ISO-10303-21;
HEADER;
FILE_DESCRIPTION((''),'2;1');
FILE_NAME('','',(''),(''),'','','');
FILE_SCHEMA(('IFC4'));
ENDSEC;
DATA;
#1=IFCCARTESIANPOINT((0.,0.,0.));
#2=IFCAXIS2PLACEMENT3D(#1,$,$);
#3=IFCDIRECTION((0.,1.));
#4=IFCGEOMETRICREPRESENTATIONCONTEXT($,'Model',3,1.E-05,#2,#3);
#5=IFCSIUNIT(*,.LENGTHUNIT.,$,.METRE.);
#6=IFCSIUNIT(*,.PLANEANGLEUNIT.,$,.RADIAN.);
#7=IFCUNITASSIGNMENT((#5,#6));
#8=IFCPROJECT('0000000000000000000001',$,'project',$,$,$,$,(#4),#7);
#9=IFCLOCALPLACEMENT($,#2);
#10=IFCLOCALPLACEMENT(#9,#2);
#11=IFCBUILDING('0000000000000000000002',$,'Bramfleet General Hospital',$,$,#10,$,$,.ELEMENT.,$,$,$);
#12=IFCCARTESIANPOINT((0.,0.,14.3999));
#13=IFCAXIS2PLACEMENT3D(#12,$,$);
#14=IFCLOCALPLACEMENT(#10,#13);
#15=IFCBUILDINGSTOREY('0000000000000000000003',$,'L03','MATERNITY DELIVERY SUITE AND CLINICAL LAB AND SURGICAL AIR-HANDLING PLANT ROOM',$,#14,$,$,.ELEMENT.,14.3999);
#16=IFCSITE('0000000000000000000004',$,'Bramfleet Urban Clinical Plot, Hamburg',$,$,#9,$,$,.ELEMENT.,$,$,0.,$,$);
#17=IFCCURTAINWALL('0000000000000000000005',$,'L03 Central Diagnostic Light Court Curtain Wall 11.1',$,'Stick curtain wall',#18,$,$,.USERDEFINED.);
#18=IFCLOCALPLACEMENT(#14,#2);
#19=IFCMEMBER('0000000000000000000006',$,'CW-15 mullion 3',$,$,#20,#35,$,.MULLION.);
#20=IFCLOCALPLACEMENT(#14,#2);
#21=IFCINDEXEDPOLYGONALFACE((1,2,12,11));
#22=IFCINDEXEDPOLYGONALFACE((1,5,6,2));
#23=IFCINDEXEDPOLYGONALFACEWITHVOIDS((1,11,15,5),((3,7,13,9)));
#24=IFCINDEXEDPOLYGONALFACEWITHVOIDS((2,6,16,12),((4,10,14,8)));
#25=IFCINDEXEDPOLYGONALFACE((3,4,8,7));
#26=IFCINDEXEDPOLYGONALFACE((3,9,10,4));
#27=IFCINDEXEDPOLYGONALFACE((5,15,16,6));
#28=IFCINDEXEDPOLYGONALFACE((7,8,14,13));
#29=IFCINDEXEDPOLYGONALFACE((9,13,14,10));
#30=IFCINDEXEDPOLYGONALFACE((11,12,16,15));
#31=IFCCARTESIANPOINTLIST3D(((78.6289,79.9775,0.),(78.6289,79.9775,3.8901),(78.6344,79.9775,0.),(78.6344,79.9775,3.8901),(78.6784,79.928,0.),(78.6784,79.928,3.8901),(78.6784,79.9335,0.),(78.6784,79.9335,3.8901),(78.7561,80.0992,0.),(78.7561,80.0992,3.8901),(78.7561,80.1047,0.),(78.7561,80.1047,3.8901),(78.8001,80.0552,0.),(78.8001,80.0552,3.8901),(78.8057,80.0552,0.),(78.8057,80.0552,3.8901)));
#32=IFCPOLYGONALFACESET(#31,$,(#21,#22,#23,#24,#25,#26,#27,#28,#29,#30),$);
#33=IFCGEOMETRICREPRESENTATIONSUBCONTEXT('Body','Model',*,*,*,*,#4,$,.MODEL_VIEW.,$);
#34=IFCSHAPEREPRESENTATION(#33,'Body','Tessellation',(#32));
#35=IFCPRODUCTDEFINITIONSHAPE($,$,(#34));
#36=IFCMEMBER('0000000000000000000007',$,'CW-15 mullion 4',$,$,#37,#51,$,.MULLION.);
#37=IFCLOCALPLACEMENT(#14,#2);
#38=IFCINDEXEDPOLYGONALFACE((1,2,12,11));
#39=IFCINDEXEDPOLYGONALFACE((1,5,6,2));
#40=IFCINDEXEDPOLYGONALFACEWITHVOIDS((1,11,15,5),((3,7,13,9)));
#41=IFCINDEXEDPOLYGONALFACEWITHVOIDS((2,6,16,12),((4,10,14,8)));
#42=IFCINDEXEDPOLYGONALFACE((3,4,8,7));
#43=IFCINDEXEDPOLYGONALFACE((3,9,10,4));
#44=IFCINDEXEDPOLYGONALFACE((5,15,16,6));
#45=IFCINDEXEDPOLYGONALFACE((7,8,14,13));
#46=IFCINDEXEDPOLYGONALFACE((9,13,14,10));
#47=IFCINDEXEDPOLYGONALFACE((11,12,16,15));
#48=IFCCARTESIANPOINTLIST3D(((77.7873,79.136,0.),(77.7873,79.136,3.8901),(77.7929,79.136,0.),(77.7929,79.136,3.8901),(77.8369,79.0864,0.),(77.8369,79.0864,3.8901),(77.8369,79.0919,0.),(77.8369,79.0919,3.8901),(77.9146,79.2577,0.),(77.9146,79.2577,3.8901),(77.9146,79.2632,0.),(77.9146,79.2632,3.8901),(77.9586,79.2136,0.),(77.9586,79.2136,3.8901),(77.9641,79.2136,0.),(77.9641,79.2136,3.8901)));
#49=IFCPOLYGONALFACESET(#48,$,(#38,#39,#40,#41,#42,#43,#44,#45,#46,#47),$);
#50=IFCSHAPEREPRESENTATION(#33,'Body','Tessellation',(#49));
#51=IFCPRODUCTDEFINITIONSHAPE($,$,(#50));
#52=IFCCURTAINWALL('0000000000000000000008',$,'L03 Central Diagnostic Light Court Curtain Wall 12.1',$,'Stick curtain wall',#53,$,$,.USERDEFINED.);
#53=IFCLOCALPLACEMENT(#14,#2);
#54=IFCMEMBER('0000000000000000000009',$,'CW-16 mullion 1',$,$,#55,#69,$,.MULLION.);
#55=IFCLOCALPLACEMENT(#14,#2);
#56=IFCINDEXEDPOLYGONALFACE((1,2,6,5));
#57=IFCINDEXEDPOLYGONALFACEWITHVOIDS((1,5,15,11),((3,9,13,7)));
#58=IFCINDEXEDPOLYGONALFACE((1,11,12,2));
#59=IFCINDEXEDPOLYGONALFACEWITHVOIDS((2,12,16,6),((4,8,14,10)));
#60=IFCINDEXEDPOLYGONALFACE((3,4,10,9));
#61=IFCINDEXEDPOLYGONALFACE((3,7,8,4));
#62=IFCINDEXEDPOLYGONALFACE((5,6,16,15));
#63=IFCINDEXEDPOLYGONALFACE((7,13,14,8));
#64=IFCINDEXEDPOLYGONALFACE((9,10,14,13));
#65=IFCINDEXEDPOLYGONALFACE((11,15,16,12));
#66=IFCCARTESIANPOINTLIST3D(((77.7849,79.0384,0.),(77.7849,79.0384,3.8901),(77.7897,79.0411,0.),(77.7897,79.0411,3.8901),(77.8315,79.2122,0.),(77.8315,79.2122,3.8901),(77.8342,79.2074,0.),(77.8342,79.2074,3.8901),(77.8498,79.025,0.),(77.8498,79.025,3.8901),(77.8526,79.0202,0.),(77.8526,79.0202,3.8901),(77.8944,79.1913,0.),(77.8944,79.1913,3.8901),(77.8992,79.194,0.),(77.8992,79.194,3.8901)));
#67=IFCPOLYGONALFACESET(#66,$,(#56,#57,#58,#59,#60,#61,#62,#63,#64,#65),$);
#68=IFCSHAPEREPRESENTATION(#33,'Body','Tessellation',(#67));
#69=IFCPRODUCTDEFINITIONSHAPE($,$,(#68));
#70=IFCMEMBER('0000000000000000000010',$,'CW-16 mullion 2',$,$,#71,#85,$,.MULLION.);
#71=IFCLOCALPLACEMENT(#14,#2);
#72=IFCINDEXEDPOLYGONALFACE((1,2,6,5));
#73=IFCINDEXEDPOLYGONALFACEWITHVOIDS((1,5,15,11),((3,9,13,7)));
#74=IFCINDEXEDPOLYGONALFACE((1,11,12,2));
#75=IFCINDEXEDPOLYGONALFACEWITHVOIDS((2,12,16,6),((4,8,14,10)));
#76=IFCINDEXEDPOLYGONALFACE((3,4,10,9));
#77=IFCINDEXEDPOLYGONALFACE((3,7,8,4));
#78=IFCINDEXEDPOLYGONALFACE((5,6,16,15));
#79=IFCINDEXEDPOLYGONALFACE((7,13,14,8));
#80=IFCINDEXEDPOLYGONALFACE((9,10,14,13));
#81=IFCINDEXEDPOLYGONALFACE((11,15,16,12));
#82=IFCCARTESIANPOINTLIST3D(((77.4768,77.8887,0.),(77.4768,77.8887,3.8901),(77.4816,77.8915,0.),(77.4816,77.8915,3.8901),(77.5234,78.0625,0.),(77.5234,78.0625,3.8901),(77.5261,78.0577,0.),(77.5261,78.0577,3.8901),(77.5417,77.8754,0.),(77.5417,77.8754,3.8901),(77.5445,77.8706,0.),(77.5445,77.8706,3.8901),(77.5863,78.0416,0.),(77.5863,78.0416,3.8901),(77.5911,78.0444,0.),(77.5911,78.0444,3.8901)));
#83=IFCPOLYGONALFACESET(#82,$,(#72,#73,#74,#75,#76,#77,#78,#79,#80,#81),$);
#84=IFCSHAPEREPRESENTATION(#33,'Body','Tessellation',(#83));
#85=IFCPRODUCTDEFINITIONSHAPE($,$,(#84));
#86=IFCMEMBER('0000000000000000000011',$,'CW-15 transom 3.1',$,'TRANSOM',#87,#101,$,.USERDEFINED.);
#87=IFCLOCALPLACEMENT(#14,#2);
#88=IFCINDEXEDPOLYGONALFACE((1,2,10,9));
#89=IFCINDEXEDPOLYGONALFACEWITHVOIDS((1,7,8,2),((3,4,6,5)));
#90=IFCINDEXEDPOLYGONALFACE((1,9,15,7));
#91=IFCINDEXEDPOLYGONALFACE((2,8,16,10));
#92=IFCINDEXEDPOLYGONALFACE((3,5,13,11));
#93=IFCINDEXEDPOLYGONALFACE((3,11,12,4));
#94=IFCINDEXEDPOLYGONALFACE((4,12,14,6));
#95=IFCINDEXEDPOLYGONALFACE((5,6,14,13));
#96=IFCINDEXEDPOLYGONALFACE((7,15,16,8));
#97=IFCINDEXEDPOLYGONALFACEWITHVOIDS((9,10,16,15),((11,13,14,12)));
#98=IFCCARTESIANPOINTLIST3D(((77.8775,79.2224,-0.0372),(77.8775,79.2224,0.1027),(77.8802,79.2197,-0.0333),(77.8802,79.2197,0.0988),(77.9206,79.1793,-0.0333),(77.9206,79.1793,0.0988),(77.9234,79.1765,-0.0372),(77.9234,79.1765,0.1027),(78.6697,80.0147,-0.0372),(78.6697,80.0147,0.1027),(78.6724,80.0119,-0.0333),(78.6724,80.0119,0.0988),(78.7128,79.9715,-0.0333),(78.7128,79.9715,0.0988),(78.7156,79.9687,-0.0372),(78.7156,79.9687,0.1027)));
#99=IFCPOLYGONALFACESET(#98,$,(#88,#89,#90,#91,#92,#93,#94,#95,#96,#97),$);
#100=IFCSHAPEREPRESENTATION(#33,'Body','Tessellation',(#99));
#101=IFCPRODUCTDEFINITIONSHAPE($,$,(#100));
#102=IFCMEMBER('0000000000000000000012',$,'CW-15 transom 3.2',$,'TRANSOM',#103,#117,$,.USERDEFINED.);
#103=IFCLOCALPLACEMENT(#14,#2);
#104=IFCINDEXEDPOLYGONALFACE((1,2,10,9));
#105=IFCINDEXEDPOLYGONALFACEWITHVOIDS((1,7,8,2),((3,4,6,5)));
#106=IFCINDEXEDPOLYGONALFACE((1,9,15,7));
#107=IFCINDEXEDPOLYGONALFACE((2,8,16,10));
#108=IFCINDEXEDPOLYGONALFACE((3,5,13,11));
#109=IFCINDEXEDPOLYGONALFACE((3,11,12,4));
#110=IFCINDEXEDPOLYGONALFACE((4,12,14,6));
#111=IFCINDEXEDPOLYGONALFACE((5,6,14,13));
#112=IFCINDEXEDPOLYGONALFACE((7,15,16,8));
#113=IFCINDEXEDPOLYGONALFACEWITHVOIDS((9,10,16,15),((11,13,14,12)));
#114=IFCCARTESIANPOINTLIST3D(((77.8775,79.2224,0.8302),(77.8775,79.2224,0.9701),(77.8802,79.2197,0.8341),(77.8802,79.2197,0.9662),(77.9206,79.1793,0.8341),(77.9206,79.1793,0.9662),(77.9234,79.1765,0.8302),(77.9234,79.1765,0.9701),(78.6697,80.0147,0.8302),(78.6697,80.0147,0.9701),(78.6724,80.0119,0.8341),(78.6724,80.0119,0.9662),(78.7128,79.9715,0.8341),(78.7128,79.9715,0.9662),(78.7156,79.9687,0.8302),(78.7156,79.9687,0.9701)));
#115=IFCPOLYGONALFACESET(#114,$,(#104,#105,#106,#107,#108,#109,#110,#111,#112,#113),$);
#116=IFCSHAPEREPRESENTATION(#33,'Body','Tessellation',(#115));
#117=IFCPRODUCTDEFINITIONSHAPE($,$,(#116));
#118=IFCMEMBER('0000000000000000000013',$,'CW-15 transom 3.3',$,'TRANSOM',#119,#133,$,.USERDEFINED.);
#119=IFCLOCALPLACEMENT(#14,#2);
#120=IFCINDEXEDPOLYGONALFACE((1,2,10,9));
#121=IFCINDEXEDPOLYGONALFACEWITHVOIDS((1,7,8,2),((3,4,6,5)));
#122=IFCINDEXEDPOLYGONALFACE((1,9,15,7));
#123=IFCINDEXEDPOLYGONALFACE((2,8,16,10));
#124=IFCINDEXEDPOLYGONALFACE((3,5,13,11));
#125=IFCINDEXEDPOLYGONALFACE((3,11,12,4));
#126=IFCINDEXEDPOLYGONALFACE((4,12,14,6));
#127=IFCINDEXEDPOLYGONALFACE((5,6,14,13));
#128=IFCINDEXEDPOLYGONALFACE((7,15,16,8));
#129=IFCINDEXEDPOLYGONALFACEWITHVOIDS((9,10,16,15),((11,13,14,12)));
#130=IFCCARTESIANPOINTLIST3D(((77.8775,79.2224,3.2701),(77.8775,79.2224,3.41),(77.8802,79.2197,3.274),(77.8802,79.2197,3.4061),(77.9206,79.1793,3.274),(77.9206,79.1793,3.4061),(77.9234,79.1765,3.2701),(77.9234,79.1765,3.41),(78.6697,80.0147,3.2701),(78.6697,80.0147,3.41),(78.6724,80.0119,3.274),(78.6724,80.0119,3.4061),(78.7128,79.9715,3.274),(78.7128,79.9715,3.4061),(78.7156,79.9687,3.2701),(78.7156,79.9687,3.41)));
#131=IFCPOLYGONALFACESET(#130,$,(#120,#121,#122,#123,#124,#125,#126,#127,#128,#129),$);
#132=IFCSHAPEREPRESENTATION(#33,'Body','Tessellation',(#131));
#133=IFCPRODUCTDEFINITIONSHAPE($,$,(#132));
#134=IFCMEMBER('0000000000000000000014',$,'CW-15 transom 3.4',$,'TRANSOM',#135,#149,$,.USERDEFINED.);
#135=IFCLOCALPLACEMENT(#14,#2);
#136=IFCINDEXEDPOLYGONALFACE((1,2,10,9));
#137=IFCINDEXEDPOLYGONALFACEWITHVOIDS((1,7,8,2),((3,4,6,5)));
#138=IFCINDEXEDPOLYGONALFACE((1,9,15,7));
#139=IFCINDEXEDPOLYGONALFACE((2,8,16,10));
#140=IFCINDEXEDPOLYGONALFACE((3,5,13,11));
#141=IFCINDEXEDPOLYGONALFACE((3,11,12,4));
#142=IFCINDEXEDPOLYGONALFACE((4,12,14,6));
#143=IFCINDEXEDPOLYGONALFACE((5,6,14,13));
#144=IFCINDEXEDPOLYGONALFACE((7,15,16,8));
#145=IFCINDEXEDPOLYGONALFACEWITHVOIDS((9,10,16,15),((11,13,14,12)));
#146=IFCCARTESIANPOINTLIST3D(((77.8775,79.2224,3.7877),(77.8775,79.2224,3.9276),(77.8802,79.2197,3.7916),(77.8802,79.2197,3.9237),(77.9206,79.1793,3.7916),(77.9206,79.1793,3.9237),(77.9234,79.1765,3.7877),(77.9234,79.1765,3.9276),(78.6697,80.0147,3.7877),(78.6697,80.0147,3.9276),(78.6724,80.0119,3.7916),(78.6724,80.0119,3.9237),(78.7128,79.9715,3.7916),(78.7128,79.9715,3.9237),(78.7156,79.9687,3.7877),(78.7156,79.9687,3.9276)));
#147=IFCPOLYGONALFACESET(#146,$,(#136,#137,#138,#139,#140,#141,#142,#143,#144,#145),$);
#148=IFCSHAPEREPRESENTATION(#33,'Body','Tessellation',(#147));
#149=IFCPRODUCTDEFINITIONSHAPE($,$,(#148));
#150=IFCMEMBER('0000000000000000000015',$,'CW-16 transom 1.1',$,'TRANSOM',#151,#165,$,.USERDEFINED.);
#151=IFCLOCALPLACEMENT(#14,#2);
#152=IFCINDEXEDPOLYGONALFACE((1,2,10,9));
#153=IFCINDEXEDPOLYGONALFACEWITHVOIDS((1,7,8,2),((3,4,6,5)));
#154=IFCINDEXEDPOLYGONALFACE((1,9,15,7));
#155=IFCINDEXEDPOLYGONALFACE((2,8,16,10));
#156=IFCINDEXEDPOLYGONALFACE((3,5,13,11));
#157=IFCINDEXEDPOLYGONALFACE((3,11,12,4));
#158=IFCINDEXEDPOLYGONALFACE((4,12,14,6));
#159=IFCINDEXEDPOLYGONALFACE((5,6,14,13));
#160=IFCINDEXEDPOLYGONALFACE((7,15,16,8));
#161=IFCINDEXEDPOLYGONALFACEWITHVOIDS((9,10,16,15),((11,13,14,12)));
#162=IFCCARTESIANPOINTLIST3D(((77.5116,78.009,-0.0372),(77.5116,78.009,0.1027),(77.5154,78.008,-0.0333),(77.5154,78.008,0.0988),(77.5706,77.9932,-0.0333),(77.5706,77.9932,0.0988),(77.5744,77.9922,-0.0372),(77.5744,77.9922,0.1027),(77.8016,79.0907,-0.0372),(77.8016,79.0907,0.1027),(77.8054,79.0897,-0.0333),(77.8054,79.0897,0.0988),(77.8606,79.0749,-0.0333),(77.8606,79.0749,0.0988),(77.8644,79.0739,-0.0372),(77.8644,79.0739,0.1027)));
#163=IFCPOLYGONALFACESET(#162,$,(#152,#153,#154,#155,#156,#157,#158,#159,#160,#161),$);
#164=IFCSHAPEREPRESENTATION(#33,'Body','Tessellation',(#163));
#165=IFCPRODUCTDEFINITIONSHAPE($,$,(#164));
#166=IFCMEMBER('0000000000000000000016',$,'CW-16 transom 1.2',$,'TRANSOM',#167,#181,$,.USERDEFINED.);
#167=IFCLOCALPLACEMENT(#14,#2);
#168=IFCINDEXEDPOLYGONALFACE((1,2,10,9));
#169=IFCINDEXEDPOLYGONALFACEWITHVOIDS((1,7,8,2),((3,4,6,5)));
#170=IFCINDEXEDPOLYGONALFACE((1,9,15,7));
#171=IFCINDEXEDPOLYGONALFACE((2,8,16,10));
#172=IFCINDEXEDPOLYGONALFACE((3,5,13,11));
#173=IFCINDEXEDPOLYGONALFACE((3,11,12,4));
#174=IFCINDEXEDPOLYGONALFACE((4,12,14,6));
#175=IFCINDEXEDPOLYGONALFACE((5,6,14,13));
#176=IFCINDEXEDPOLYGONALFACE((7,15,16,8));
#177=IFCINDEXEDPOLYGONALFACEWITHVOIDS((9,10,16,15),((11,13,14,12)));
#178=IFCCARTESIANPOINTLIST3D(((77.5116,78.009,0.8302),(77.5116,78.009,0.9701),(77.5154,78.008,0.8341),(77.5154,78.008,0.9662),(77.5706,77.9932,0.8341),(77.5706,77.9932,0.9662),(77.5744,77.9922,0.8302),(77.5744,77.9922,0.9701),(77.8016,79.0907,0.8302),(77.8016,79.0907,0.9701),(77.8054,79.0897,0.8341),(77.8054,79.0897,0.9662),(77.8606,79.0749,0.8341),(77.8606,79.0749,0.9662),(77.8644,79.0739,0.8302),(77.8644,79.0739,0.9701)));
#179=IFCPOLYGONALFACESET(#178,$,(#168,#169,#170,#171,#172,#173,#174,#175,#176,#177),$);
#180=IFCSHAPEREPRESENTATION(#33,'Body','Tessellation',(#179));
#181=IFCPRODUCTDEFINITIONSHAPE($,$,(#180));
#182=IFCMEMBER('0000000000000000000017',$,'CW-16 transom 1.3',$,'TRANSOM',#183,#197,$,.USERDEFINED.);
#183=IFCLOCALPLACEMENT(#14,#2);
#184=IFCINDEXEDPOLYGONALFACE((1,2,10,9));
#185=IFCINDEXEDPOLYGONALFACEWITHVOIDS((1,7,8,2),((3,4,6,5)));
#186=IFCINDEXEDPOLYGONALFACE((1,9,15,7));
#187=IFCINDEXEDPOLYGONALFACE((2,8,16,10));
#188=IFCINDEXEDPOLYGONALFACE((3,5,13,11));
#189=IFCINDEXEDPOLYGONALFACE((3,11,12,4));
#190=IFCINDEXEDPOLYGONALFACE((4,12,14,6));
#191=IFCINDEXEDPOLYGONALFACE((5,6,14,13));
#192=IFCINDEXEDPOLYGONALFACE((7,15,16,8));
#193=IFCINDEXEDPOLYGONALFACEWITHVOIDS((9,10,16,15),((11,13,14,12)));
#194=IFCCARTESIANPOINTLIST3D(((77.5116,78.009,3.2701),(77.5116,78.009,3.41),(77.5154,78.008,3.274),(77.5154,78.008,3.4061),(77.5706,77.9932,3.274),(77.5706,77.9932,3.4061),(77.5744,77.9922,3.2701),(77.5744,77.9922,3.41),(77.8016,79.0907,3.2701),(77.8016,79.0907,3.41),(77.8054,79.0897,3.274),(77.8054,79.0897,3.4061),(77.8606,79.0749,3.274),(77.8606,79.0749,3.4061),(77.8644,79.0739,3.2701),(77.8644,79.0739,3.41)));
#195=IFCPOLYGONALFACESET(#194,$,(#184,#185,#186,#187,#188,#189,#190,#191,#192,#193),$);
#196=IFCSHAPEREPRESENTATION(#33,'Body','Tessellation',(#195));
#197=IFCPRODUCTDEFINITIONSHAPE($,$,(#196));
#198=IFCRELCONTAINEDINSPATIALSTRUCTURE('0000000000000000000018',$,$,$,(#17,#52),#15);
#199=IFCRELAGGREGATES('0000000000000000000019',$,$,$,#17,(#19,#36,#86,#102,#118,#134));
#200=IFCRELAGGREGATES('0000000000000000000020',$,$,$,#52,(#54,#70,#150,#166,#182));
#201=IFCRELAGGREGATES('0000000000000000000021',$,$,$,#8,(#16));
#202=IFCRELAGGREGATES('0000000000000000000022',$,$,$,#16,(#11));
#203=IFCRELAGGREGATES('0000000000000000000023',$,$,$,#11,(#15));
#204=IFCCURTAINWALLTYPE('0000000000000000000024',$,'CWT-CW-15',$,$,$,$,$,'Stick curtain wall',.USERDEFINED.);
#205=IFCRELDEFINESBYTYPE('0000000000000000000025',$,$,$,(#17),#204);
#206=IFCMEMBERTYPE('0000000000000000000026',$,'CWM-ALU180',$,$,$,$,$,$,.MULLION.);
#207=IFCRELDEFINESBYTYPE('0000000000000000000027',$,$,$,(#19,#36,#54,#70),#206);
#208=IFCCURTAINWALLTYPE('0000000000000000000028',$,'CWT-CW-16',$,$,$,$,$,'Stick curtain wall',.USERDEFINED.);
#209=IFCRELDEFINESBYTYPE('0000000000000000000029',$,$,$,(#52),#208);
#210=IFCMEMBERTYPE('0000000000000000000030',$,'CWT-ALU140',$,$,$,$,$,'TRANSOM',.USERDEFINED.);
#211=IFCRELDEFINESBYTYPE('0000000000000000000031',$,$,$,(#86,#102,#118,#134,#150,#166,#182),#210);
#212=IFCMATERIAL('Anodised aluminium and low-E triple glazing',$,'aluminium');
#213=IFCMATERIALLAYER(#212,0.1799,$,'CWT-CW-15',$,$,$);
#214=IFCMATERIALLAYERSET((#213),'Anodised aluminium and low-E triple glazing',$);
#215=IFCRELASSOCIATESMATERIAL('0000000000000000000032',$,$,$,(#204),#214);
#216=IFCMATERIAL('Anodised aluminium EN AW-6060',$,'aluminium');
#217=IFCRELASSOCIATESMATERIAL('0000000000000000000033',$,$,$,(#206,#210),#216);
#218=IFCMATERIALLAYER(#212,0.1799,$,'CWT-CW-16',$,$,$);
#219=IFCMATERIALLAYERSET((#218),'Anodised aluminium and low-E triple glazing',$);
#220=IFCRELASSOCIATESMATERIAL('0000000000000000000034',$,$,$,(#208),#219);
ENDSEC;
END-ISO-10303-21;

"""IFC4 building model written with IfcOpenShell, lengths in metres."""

from ifc_helpers import new_model, si_unit, direction, frame, origin, origin_2d, place, context, subcontext, project, spatial, hollow_rectangle, extrude, material, layer, layer_set, material_profile, profile_set, type_object, element, aggregate, save


model = new_model("IFC4")

# Units and contexts
model_context = context("Model", 3, precision=1e-05, world=origin(), true_north=direction((0.0, 1.0)))
body_context = subcontext(model_context, "Body", "Model", "MODEL_VIEW")
ifc_project = project(units=[si_unit("LENGTHUNIT", "METRE"), si_unit("PLANEANGLEUNIT", "RADIAN")], contexts=[model_context])

# Site, building, storey
site_placement = place(None, origin())
site = spatial("IfcSite", under=ifc_project, at=site_placement, Name="Bramfleet Urban Clinical Plot, Hamburg", CompositionType="ELEMENT", RefElevation=0.0)
building_placement = place(site_placement, origin())
building = spatial("IfcBuilding", under=site, at=building_placement, Name="Bramfleet General Hospital", CompositionType="ELEMENT")
storey_placement = place(building_placement, frame((0.0, 0.0, 14.3999)))
storey = spatial("IfcBuildingStorey", under=building, at=storey_placement, Name="L03", Description="MATERNITY DELIVERY SUITE AND CLINICAL LAB AND SURGICAL AIR-HANDLING PLANT ROOM", CompositionType="ELEMENT", Elevation=14.3999)

# Curtain walls, members
ifc_material_1 = material(Name="Anodised aluminium and low-E triple glazing", Category="aluminium")
ifc_layer_1 = layer(ifc_material_1, 0.1799, Name="CWT-CW-15")
ifc_layer_set_1 = layer_set([ifc_layer_1], Name="Anodised aluminium and low-E triple glazing")
curtain_wall_type_1 = type_object("IfcCurtainWallType", Name="CWT-CW-15", ElementType="Stick curtain wall", PredefinedType="USERDEFINED", material=ifc_layer_set_1)
curtain_wall_1_placement = place(storey_placement, origin())
curtain_wall_1 = element("IfcCurtainWall", 1, at=curtain_wall_1_placement, inside=storey, type_object=curtain_wall_type_1, Name="L03 Central Diagnostic Light Court Curtain Wall 11.1", ObjectType="Stick curtain wall", PredefinedType="USERDEFINED")
ifc_material_2 = material(Name="Anodised aluminium EN AW-6060", Category="aluminium")
ifc_material_profile_1 = material_profile(ifc_material_2, hollow_rectangle(XDim=0.0701, YDim=0.1799, WallThickness=0.0039, at=origin_2d()), Name="ALU 180x70x4.0")
ifc_profile_set_1 = profile_set([ifc_material_profile_1], Name="Anodised aluminium EN AW-6060")
member_type_1 = type_object("IfcMemberType", Name="CWM-ALU180", PredefinedType="MULLION", material=ifc_profile_set_1)
member_1_placement = place(storey_placement, frame((78.7173, 80.0164, 0.0), z_axis=(0.0, 0.0, 1.0), x_axis=(0.707107, -0.707107, 0.0)))
member_1 = element("IfcMember", 2, at=member_1_placement, type_object=member_type_1, Name="CW-15 mullion 3", PredefinedType="MULLION", context=body_context, shape_type="SweptSolid", body=[
    extrude(hollow_rectangle(XDim=0.0701, YDim=0.1799, WallThickness=0.0039, at=origin_2d()), origin(), (0.0, 0.0, 1.0), 3.8901),
])
member_2_placement = place(storey_placement, frame((77.8757, 79.1748, 0.0), z_axis=(0.0, 0.0, 1.0), x_axis=(0.707107, -0.707107, 0.0)))
member_2 = element("IfcMember", 3, at=member_2_placement, type_object=member_type_1, Name="CW-15 mullion 4", PredefinedType="MULLION", context=body_context, shape_type="SweptSolid", body=[
    extrude(hollow_rectangle(XDim=0.0701, YDim=0.1799, WallThickness=0.0039, at=origin_2d()), origin(), (0.0, 0.0, 1.0), 3.8901),
])
ifc_layer_2 = layer(ifc_material_1, 0.1799, Name="CWT-CW-16")
ifc_layer_set_2 = layer_set([ifc_layer_2], Name="Anodised aluminium and low-E triple glazing")
curtain_wall_type_2 = type_object("IfcCurtainWallType", Name="CWT-CW-16", ElementType="Stick curtain wall", PredefinedType="USERDEFINED", material=ifc_layer_set_2)
curtain_wall_2_placement = place(storey_placement, origin())
curtain_wall_2 = element("IfcCurtainWall", 4, at=curtain_wall_2_placement, inside=storey, type_object=curtain_wall_type_2, Name="L03 Central Diagnostic Light Court Curtain Wall 12.1", ObjectType="Stick curtain wall", PredefinedType="USERDEFINED")
member_3_placement = place(storey_placement, frame((77.842, 79.1162, 0.0), z_axis=(0.0, 0.0, 1.0), x_axis=(0.965941, -0.258763, 0.0)))
member_3 = element("IfcMember", 5, at=member_3_placement, type_object=member_type_1, Name="CW-16 mullion 1", PredefinedType="MULLION", context=body_context, shape_type="SweptSolid", body=[
    extrude(hollow_rectangle(XDim=0.0701, YDim=0.1799, WallThickness=0.0039, at=origin_2d()), origin(), (0.0, 0.0, 1.0), 3.8901),
])
member_4_placement = place(storey_placement, frame((77.5339, 77.9666, 0.0), z_axis=(0.0, 0.0, 1.0), x_axis=(0.965941, -0.258763, 0.0)))
member_4 = element("IfcMember", 6, at=member_4_placement, type_object=member_type_1, Name="CW-16 mullion 2", PredefinedType="MULLION", context=body_context, shape_type="SweptSolid", body=[
    extrude(hollow_rectangle(XDim=0.0701, YDim=0.1799, WallThickness=0.0039, at=origin_2d()), origin(), (0.0, 0.0, 1.0), 3.8901),
])

# Members
ifc_material_profile_2 = material_profile(ifc_material_2, hollow_rectangle(XDim=0.0649, YDim=0.1399, WallThickness=0.0039, at=origin_2d()), Name="ALU 140x65x4.0")
ifc_profile_set_2 = profile_set([ifc_material_profile_2], Name="Anodised aluminium EN AW-6060")
member_type_2 = type_object("IfcMemberType", Name="CWT-ALU140", ElementType="TRANSOM", PredefinedType="USERDEFINED", material=ifc_profile_set_2)
member_5_placement = place(storey_placement, frame((78.6926, 79.9917, 0.0327), z_axis=(-0.707107, -0.707107, 0.0), x_axis=(0.707107, -0.707107, 0.0)))
member_5 = element("IfcMember", 7, at=member_5_placement, type_object=member_type_2, Name="CW-15 transom 3.1", ObjectType="TRANSOM", PredefinedType="USERDEFINED", context=body_context, shape_type="SweptSolid", body=[
    extrude(hollow_rectangle(XDim=0.0649, YDim=0.1399, WallThickness=0.0039, at=origin_2d()), origin(), (0.0, 0.0, 1.0), 1.1204),
])
member_6_placement = place(storey_placement, frame((78.6926, 79.9917, 0.9001), z_axis=(-0.707107, -0.707107, 0.0), x_axis=(0.707107, -0.707107, 0.0)))
member_6 = element("IfcMember", 8, at=member_6_placement, type_object=member_type_2, Name="CW-15 transom 3.2", ObjectType="TRANSOM", PredefinedType="USERDEFINED", context=body_context, shape_type="SweptSolid", body=[
    extrude(hollow_rectangle(XDim=0.0649, YDim=0.1399, WallThickness=0.0039, at=origin_2d()), origin(), (0.0, 0.0, 1.0), 1.1204),
])
member_7_placement = place(storey_placement, frame((78.6926, 79.9917, 3.3401), z_axis=(-0.707107, -0.707107, 0.0), x_axis=(0.707107, -0.707107, 0.0)))
member_7 = element("IfcMember", 9, at=member_7_placement, type_object=member_type_2, Name="CW-15 transom 3.3", ObjectType="TRANSOM", PredefinedType="USERDEFINED", context=body_context, shape_type="SweptSolid", body=[
    extrude(hollow_rectangle(XDim=0.0649, YDim=0.1399, WallThickness=0.0039, at=origin_2d()), origin(), (0.0, 0.0, 1.0), 1.1204),
])
member_8_placement = place(storey_placement, frame((78.6926, 79.9917, 3.8577), z_axis=(-0.707107, -0.707107, 0.0), x_axis=(0.707107, -0.707107, 0.0)))
member_8 = element("IfcMember", 10, at=member_8_placement, type_object=member_type_2, Name="CW-15 transom 3.4", ObjectType="TRANSOM", PredefinedType="USERDEFINED", context=body_context, shape_type="SweptSolid", body=[
    extrude(hollow_rectangle(XDim=0.0649, YDim=0.1399, WallThickness=0.0039, at=origin_2d()), origin(), (0.0, 0.0, 1.0), 1.1204),
])
member_9_placement = place(storey_placement, frame((77.833, 79.0823, 0.0327), z_axis=(-0.258965, -0.965887, 0.0), x_axis=(0.965887, -0.258965, 0.0)))
member_9 = element("IfcMember", 11, at=member_9_placement, type_object=member_type_2, Name="CW-16 transom 1.1", ObjectType="TRANSOM", PredefinedType="USERDEFINED", context=body_context, shape_type="SweptSolid", body=[
    extrude(hollow_rectangle(XDim=0.0649, YDim=0.1399, WallThickness=0.0039, at=origin_2d()), origin(), (0.0, 0.0, 1.0), 1.1199),
])
member_10_placement = place(storey_placement, frame((77.833, 79.0823, 0.9001), z_axis=(-0.258965, -0.965887, 0.0), x_axis=(0.965887, -0.258965, 0.0)))
member_10 = element("IfcMember", 12, at=member_10_placement, type_object=member_type_2, Name="CW-16 transom 1.2", ObjectType="TRANSOM", PredefinedType="USERDEFINED", context=body_context, shape_type="SweptSolid", body=[
    extrude(hollow_rectangle(XDim=0.0649, YDim=0.1399, WallThickness=0.0039, at=origin_2d()), origin(), (0.0, 0.0, 1.0), 1.1199),
])
member_11_placement = place(storey_placement, frame((77.833, 79.0823, 3.3401), z_axis=(-0.258965, -0.965887, 0.0), x_axis=(0.965887, -0.258965, 0.0)))
member_11 = element("IfcMember", 13, at=member_11_placement, type_object=member_type_2, Name="CW-16 transom 1.3", ObjectType="TRANSOM", PredefinedType="USERDEFINED", context=body_context, shape_type="SweptSolid", body=[
    extrude(hollow_rectangle(XDim=0.0649, YDim=0.1399, WallThickness=0.0039, at=origin_2d()), origin(), (0.0, 0.0, 1.0), 1.1199),
])

aggregate(curtain_wall_1, [member_1, member_2, member_5, member_6, member_7, member_8])
aggregate(curtain_wall_2, [member_3, member_4, member_9, member_10, member_11])

save(model, "model.ifc")
